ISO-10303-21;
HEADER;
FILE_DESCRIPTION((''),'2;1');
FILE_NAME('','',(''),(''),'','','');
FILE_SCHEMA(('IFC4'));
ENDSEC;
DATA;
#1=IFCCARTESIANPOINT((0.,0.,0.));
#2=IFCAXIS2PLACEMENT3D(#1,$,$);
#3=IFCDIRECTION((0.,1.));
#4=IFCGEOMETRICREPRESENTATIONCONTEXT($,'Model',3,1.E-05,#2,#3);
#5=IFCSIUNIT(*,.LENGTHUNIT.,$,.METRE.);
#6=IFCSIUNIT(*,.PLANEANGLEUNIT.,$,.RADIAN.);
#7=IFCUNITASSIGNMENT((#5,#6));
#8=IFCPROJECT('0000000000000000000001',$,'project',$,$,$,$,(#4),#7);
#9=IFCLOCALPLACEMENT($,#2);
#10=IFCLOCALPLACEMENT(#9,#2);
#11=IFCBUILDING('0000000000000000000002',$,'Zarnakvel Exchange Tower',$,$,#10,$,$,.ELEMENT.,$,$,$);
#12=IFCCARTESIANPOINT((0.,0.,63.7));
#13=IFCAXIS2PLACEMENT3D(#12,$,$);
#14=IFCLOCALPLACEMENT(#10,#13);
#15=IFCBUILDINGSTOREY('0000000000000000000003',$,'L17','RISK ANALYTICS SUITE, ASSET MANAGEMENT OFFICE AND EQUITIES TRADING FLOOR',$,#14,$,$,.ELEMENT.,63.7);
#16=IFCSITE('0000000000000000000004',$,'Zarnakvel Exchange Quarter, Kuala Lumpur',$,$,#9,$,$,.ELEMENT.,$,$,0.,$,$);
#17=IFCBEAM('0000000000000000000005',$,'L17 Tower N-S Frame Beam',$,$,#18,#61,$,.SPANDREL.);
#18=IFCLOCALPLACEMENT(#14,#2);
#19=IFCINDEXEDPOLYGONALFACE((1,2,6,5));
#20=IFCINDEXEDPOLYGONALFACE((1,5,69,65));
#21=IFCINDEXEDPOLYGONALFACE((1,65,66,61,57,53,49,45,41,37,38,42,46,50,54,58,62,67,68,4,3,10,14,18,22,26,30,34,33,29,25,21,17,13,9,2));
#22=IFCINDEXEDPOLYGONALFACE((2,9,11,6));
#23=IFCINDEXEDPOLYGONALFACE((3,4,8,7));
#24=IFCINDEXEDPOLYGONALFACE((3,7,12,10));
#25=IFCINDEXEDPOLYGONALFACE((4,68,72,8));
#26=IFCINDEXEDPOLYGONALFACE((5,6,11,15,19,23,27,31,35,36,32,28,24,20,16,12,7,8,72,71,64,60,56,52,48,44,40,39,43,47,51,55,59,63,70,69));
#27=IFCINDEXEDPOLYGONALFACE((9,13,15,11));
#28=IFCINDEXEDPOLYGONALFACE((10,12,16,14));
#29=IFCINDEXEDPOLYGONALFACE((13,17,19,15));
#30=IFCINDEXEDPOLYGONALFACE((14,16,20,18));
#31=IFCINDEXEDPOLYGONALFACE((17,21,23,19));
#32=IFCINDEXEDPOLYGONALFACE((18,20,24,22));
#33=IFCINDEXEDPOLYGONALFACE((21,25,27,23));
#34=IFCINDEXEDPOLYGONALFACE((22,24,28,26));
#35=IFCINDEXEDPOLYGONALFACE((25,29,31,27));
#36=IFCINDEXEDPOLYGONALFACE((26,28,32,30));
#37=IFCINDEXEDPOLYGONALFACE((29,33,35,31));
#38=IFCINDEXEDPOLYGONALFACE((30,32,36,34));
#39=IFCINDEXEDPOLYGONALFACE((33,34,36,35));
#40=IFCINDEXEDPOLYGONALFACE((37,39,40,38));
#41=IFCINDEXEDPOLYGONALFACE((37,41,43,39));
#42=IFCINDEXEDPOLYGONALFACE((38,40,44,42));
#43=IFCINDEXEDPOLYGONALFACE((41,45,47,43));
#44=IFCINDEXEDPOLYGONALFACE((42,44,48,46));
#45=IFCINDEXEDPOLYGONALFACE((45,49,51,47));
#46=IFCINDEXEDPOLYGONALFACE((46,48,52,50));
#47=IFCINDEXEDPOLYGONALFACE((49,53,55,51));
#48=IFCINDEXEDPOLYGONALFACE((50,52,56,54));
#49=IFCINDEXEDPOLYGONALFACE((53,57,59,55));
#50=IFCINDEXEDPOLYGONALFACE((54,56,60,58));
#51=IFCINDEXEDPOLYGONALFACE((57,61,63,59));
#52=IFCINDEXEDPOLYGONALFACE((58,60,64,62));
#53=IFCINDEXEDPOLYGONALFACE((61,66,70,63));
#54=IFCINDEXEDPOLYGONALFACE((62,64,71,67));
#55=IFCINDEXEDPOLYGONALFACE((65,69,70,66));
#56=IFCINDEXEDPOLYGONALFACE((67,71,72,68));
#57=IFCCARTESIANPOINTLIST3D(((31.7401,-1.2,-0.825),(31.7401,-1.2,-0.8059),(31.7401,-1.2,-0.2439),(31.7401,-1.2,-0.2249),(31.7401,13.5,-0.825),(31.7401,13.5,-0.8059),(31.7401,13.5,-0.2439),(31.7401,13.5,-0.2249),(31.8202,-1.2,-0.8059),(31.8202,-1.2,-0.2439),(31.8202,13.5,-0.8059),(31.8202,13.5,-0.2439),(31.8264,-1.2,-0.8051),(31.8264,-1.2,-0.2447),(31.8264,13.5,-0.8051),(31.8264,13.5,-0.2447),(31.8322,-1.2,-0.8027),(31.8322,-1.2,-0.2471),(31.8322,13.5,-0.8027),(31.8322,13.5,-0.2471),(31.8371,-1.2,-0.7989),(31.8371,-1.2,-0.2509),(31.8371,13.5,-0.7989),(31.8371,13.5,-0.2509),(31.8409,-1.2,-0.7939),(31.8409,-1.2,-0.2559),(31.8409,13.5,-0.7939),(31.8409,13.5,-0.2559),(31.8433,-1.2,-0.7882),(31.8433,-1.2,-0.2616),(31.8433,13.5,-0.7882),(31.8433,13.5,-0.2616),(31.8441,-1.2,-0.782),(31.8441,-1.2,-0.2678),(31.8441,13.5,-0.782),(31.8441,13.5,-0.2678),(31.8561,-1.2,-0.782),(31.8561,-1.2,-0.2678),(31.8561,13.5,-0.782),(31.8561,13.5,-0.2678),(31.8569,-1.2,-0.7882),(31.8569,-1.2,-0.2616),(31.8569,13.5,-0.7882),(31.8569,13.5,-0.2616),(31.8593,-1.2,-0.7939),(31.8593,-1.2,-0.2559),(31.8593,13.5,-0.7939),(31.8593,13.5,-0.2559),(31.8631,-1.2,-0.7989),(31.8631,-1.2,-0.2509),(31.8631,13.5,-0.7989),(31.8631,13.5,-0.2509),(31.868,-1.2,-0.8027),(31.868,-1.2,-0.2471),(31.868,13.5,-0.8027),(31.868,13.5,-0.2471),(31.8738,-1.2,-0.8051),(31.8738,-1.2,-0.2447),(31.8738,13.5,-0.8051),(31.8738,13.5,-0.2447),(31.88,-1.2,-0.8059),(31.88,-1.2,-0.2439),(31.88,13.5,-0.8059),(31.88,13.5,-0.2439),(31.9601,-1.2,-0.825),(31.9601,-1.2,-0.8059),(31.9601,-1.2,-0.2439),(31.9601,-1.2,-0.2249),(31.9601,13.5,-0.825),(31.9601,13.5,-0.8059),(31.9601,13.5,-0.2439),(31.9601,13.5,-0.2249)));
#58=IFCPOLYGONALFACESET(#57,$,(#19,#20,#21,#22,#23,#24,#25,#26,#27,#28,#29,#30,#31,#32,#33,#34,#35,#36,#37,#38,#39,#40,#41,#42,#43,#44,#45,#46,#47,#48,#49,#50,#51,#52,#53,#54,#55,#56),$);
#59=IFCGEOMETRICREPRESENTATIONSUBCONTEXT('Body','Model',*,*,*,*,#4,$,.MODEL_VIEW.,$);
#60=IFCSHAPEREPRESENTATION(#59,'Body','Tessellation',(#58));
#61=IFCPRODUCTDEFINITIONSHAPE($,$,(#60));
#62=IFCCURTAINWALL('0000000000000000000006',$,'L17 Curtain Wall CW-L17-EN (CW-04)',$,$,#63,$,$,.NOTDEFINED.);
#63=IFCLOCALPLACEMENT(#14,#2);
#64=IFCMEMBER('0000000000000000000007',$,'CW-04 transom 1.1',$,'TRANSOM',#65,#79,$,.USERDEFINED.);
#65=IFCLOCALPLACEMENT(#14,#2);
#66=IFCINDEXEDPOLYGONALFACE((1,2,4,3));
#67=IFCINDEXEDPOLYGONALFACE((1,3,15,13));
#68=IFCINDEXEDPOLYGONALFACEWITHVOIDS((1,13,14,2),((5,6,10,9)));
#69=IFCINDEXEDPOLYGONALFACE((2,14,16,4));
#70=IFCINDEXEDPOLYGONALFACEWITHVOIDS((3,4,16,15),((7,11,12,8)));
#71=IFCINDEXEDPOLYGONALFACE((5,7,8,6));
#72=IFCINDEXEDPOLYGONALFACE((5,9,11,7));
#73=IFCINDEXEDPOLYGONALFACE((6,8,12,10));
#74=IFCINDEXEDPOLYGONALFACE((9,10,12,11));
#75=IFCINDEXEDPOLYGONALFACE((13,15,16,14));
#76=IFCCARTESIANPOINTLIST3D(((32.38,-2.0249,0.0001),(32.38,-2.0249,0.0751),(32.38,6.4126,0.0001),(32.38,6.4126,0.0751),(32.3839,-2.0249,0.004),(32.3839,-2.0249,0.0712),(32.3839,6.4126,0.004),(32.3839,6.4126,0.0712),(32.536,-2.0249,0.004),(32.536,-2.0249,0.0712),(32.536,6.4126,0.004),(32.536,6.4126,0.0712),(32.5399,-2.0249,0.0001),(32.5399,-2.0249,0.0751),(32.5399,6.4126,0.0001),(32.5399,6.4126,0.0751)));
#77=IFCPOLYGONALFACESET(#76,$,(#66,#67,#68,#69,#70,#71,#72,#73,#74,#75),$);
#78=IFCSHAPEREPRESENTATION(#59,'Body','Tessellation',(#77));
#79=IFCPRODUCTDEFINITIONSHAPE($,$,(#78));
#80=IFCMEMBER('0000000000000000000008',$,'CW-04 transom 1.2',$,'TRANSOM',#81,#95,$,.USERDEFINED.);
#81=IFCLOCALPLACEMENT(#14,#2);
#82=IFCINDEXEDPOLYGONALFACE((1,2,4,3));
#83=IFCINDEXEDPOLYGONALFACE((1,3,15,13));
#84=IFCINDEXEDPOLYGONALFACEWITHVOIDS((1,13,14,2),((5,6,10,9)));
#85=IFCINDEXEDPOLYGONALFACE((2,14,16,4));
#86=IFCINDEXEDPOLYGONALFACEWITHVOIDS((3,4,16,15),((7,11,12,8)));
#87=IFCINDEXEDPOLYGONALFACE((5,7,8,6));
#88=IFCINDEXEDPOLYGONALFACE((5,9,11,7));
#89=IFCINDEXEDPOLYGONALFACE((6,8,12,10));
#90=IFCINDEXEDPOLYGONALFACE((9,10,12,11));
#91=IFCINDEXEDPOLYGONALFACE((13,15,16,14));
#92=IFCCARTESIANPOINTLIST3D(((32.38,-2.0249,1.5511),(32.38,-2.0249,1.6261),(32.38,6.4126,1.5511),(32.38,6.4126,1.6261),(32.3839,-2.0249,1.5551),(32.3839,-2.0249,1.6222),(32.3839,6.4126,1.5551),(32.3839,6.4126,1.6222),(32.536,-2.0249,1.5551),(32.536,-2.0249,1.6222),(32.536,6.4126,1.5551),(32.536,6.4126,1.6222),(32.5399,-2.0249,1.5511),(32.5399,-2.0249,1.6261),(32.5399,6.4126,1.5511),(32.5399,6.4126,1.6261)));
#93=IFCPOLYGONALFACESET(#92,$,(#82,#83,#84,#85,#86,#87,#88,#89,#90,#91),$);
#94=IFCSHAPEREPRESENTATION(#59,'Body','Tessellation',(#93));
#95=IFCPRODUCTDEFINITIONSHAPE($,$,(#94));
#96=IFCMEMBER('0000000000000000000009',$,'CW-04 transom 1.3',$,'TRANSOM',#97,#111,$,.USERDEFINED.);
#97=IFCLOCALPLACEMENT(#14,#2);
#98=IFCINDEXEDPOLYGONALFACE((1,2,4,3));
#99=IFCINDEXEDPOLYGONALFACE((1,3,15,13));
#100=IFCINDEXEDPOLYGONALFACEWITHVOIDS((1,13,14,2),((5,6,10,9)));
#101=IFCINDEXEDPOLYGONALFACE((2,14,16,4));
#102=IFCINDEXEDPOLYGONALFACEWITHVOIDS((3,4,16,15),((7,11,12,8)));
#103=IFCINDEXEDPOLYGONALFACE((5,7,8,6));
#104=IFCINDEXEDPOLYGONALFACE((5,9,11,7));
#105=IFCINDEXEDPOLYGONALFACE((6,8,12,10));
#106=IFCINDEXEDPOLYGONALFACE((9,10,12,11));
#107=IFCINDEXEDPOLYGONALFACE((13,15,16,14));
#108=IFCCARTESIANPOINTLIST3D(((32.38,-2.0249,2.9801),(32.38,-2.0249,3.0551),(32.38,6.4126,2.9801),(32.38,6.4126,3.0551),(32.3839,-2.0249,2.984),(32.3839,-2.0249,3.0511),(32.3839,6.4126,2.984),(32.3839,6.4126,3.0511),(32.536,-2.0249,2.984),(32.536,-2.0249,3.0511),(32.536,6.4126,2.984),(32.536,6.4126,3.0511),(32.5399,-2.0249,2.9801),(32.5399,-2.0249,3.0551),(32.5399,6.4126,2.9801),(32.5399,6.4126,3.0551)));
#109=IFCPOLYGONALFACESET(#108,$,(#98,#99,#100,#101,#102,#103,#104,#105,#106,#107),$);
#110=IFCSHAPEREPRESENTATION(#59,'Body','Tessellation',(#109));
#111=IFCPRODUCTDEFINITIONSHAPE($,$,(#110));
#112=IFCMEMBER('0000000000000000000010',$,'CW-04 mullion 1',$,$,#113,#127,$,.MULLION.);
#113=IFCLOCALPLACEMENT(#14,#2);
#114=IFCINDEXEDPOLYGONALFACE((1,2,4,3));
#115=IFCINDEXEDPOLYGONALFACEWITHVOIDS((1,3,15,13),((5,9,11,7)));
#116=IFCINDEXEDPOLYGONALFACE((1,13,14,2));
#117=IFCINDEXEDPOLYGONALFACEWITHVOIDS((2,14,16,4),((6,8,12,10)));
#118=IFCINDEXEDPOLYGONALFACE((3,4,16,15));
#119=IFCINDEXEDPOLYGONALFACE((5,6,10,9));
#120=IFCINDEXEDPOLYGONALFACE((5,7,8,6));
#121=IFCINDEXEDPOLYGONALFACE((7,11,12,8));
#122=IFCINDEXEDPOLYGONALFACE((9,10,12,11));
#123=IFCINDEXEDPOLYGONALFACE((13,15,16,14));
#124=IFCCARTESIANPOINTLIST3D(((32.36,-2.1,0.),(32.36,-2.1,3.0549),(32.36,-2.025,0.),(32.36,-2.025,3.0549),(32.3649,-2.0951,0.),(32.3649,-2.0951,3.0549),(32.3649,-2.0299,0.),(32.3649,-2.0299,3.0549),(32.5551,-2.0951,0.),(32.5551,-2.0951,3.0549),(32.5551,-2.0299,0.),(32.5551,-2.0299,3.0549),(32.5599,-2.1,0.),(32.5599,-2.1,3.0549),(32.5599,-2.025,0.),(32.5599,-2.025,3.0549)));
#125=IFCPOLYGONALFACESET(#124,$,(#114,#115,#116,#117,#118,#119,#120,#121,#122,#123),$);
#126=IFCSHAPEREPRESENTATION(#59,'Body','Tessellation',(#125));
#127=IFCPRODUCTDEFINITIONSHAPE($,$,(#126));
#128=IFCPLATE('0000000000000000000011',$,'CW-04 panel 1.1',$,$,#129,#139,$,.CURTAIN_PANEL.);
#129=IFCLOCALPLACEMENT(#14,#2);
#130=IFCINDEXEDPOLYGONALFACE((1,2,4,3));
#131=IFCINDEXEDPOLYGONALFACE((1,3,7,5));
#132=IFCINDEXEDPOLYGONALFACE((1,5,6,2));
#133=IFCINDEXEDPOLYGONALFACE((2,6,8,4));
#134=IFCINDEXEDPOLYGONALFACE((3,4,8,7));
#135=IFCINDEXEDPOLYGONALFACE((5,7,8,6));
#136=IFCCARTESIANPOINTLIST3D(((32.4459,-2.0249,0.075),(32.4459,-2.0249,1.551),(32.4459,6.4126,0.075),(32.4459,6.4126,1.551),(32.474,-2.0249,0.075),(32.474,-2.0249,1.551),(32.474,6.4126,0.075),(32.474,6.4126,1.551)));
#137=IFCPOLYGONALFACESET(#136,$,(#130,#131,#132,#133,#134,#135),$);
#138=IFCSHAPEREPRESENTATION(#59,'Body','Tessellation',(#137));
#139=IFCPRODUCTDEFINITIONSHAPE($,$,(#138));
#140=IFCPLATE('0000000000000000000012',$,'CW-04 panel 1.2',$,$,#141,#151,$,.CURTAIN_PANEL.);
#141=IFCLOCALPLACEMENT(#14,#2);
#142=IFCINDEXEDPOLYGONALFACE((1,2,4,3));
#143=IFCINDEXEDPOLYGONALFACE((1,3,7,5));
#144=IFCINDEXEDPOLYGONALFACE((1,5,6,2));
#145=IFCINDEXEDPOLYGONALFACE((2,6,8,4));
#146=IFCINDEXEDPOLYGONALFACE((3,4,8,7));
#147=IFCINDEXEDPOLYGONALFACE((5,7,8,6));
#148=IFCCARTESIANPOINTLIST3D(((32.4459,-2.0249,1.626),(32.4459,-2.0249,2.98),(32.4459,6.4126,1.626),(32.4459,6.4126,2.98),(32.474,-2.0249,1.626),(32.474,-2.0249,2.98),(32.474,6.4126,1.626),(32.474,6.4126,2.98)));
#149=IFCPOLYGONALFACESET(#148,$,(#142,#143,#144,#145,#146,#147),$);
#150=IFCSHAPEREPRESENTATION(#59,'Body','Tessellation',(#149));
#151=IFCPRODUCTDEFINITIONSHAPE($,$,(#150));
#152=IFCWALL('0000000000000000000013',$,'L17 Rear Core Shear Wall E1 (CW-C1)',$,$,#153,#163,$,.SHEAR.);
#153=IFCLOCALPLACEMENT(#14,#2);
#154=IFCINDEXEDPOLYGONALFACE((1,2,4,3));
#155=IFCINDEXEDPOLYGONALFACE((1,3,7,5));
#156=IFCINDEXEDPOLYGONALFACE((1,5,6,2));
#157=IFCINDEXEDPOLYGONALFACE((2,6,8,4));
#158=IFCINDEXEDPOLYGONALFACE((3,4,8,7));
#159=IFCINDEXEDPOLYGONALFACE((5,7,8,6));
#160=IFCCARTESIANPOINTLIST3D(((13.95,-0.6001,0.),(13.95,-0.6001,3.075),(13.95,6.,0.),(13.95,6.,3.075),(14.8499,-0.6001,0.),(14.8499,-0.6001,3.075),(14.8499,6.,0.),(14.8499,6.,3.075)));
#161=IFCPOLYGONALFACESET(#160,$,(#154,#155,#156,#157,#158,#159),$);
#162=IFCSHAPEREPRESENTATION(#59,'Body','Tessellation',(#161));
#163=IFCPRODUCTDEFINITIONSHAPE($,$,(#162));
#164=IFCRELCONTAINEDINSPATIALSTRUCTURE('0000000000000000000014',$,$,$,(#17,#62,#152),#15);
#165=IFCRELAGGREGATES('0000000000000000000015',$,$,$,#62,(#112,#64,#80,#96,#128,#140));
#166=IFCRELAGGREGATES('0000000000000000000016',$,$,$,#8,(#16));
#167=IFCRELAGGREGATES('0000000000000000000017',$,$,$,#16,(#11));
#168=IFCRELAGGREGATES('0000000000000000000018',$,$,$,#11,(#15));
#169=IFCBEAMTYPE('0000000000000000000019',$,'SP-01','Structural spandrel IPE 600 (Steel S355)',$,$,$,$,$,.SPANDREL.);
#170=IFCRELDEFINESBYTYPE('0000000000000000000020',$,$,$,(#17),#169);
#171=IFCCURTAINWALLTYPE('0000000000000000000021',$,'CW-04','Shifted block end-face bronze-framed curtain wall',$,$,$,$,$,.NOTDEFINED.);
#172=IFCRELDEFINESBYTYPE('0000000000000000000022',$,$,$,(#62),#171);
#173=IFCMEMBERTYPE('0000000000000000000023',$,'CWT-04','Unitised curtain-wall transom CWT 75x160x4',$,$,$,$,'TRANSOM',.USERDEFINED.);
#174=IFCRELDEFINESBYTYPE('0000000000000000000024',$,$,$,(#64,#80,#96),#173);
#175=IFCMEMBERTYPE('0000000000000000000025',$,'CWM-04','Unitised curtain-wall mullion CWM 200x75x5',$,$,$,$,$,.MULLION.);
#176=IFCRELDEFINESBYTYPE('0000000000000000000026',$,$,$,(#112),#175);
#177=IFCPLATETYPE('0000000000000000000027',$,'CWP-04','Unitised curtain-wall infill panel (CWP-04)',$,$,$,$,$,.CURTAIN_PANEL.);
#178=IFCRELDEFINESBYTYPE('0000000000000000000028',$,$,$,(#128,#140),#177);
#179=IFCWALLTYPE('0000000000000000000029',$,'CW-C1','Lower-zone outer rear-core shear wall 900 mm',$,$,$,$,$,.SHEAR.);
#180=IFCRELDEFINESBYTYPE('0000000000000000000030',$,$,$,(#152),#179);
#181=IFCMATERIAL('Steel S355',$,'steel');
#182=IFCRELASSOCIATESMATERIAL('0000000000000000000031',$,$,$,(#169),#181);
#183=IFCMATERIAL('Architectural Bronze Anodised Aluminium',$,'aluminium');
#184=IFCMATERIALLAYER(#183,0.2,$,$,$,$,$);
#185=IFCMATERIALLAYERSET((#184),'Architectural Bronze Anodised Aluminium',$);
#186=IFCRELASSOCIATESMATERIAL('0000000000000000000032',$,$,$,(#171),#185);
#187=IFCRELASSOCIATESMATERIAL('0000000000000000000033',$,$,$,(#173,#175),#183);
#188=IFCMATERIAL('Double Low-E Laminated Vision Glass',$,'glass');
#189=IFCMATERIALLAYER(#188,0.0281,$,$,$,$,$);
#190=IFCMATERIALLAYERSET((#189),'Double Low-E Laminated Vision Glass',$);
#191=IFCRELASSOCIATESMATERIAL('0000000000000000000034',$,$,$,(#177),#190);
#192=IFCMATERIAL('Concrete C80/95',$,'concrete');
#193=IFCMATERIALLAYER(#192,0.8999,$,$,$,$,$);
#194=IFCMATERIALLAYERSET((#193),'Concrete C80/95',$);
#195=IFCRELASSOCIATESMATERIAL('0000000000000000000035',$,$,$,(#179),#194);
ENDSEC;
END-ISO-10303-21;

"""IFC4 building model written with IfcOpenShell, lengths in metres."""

from ifc_helpers import new_model, si_unit, direction, frame, frame_2d, origin, origin_2d, place, context, subcontext, project, spatial, rectangle, hollow_rectangle, i_section, extrude, source, transform, mapped, material, layer, layer_set, material_profile, profile_set, type_object, element, aggregate, save


model = new_model("IFC4")

# Units and contexts
model_context = context("Model", 3, precision=1e-05, world=origin(), true_north=direction((0.0, 1.0)))
body_context = subcontext(model_context, "Body", "Model", "MODEL_VIEW")
ifc_project = project(units=[si_unit("LENGTHUNIT", "METRE"), si_unit("PLANEANGLEUNIT", "RADIAN")], contexts=[model_context])

# Site, building, storey
site_placement = place(None, origin())
site = spatial("IfcSite", under=ifc_project, at=site_placement, Name="Zarnakvel Exchange Quarter, Kuala Lumpur", CompositionType="ELEMENT", RefElevation=0.0)
building_placement = place(site_placement, origin())
building = spatial("IfcBuilding", under=site, at=building_placement, Name="Zarnakvel Exchange Tower", CompositionType="ELEMENT")
storey_placement = place(building_placement, frame((0.0, 0.0, 63.7)))
storey = spatial("IfcBuildingStorey", under=building, at=storey_placement, Name="L17", Description="RISK ANALYTICS SUITE, ASSET MANAGEMENT OFFICE AND EQUITIES TRADING FLOOR", CompositionType="ELEMENT", Elevation=63.7)

# Shared definitions
ifc_material_1 = material(Name="Concrete C80/95", Category="concrete")
ifc_material_2 = material(Name="Steel S355", Category="steel")

# Beam
ifc_material_profile_1 = material_profile(ifc_material_2, i_section(OverallWidth=0.22, OverallDepth=0.6001, WebThickness=0.012, FlangeThickness=0.019, FilletRadius=0.0239, at=origin_2d()))
ifc_profile_set_1 = profile_set([ifc_material_profile_1], Name="Steel S355")
beam_type_1 = type_object("IfcBeamType", Name="SP-01", Description="Structural spandrel IPE 600 (Steel S355)", PredefinedType="SPANDREL", material=ifc_profile_set_1)
beam_1_placement = place(storey_placement, frame((31.8501, -1.2, -0.5249), z_axis=(0.0, 1.0, 0.0), x_axis=(-1.0, 0.0, 0.0)))
element("IfcBeam", 1, at=beam_1_placement, inside=storey, type_object=beam_type_1, Name="L17 Tower N-S Frame Beam", PredefinedType="SPANDREL", context=body_context, shape_type="SweptSolid", body=[
    extrude(i_section(OverallWidth=0.22, OverallDepth=0.6001, WebThickness=0.012, FlangeThickness=0.019, FilletRadius=0.0239, at=origin_2d()), origin(), (0.0, 0.0, 1.0), 14.7),
])

# Curtain wall, members, plates
ifc_material_3 = material(Name="Architectural Bronze Anodised Aluminium", Category="aluminium")
ifc_layer_1 = layer(ifc_material_3, 0.2)
ifc_layer_set_1 = layer_set([ifc_layer_1], Name="Architectural Bronze Anodised Aluminium")
curtain_wall_type = type_object("IfcCurtainWallType", Name="CW-04", Description="Shifted block end-face bronze-framed curtain wall", PredefinedType="NOTDEFINED", material=ifc_layer_set_1)
curtain_wall_placement = place(storey_placement, origin())
curtain_wall = element("IfcCurtainWall", 2, at=curtain_wall_placement, inside=storey, type_object=curtain_wall_type, Name="L17 Curtain Wall CW-L17-EN (CW-04)", PredefinedType="NOTDEFINED")
ifc_material_profile_2 = material_profile(ifc_material_3, hollow_rectangle(XDim=0.1599, YDim=0.075, WallThickness=0.0039, at=origin_2d()))
ifc_profile_set_2 = profile_set([ifc_material_profile_2], Name="Architectural Bronze Anodised Aluminium")
member_type_1 = type_object("IfcMemberType", Name="CWT-04", Description="Unitised curtain-wall transom CWT 75x160x4", ElementType="TRANSOM", PredefinedType="USERDEFINED", material=ifc_profile_set_2)
shared_shape_1 = source(origin(), body_context, "Body", "SweptSolid", [
    extrude(hollow_rectangle(XDim=0.1599, YDim=0.075, WallThickness=0.0039, at=origin_2d()), origin(), (0.0, 0.0, 1.0), 8.4375),
])
member_1_placement = place(storey_placement, frame((32.46, -2.0249, 0.0376), z_axis=(0.0, 1.0, 0.0), x_axis=(-1.0, 0.0, 0.0)))
member_1 = element("IfcMember", 3, at=member_1_placement, type_object=member_type_1, Name="CW-04 transom 1.1", ObjectType="TRANSOM", PredefinedType="USERDEFINED", context=body_context, shape_type="MappedRepresentation", body=[
    mapped(shared_shape_1, transform((0.0, 0.0, 0.0), x_axis=(1.0, 0.0, 0.0), y_axis=(0.0, 1.0, 0.0), z_axis=(0.0, 0.0, 1.0), scale=1.0)),
])
member_2_placement = place(storey_placement, frame((32.46, -2.0249, 1.5886), z_axis=(0.0, 1.0, 0.0), x_axis=(-1.0, 0.0, 0.0)))
member_2 = element("IfcMember", 4, at=member_2_placement, type_object=member_type_1, Name="CW-04 transom 1.2", ObjectType="TRANSOM", PredefinedType="USERDEFINED", context=body_context, shape_type="MappedRepresentation", body=[
    mapped(shared_shape_1, transform((0.0, 0.0, 0.0), x_axis=(1.0, 0.0, 0.0), y_axis=(0.0, 1.0, 0.0), z_axis=(0.0, 0.0, 1.0), scale=1.0)),
])
member_3_placement = place(storey_placement, frame((32.46, -2.0249, 3.0176), z_axis=(0.0, 1.0, 0.0), x_axis=(-1.0, 0.0, 0.0)))
member_3 = element("IfcMember", 5, at=member_3_placement, type_object=member_type_1, Name="CW-04 transom 1.3", ObjectType="TRANSOM", PredefinedType="USERDEFINED", context=body_context, shape_type="MappedRepresentation", body=[
    mapped(shared_shape_1, transform((0.0, 0.0, 0.0), x_axis=(1.0, 0.0, 0.0), y_axis=(0.0, 1.0, 0.0), z_axis=(0.0, 0.0, 1.0), scale=1.0)),
])
ifc_material_profile_3 = material_profile(ifc_material_3, hollow_rectangle(XDim=0.2, YDim=0.075, WallThickness=0.0049, at=origin_2d()))
ifc_profile_set_3 = profile_set([ifc_material_profile_3], Name="Architectural Bronze Anodised Aluminium")
member_type_2 = type_object("IfcMemberType", Name="CWM-04", Description="Unitised curtain-wall mullion CWM 200x75x5", PredefinedType="MULLION", material=ifc_profile_set_3)
shared_shape_2 = source(origin(), body_context, "Body", "SweptSolid", [
    extrude(hollow_rectangle(XDim=0.2, YDim=0.075, WallThickness=0.0049, at=origin_2d()), origin(), (0.0, 0.0, 1.0), 3.0549),
])
member_4_placement = place(storey_placement, frame((32.46, -2.0625, 0.0), z_axis=(0.0, 0.0, 1.0), x_axis=(-1.0, 0.0, 0.0)))
member_4 = element("IfcMember", 6, at=member_4_placement, type_object=member_type_2, Name="CW-04 mullion 1", PredefinedType="MULLION", context=body_context, shape_type="MappedRepresentation", body=[
    mapped(shared_shape_2, transform((0.0, 0.0, 0.0), x_axis=(1.0, 0.0, 0.0), y_axis=(0.0, 1.0, 0.0), z_axis=(0.0, 0.0, 1.0), scale=1.0)),
])
ifc_material_4 = material(Name="Double Low-E Laminated Vision Glass", Category="glass")
ifc_layer_2 = layer(ifc_material_4, 0.0281)
ifc_layer_set_2 = layer_set([ifc_layer_2], Name="Double Low-E Laminated Vision Glass")
plate_type = type_object("IfcPlateType", Name="CWP-04", Description="Unitised curtain-wall infill panel (CWP-04)", PredefinedType="CURTAIN_PANEL", material=ifc_layer_set_2)
shared_shape_3 = source(origin(), body_context, "Body", "SweptSolid", [
    extrude(rectangle(XDim=8.4375, YDim=0.0281, at=origin_2d()), origin(), (0.0, 0.0, 1.0), 1.4761),
])
plate_1_placement = place(storey_placement, frame((32.46, 2.1938, 0.075), z_axis=(0.0, 0.0, 1.0), x_axis=(0.0, 1.0, 0.0)))
plate_1 = element("IfcPlate", 7, at=plate_1_placement, type_object=plate_type, Name="CW-04 panel 1.1", PredefinedType="CURTAIN_PANEL", context=body_context, shape_type="MappedRepresentation", body=[
    mapped(shared_shape_3, transform((0.0, 0.0, 0.0), x_axis=(1.0, 0.0, 0.0), y_axis=(0.0, 1.0, 0.0), z_axis=(0.0, 0.0, 1.0), scale=1.0)),
])
shared_shape_4 = source(origin(), body_context, "Body", "SweptSolid", [
    extrude(rectangle(XDim=8.4375, YDim=0.0281, at=origin_2d()), origin(), (0.0, 0.0, 1.0), 1.354),
])
plate_2_placement = place(storey_placement, frame((32.46, 2.1938, 1.626), z_axis=(0.0, 0.0, 1.0), x_axis=(0.0, 1.0, 0.0)))
plate_2 = element("IfcPlate", 8, at=plate_2_placement, type_object=plate_type, Name="CW-04 panel 1.2", PredefinedType="CURTAIN_PANEL", context=body_context, shape_type="MappedRepresentation", body=[
    mapped(shared_shape_4, transform((0.0, 0.0, 0.0), x_axis=(1.0, 0.0, 0.0), y_axis=(0.0, 1.0, 0.0), z_axis=(0.0, 0.0, 1.0), scale=1.0)),
])
aggregate(curtain_wall, [member_4, member_1, member_2, member_3, plate_1, plate_2])

# Wall
ifc_layer_3 = layer(ifc_material_1, 0.8999)
ifc_layer_set_3 = layer_set([ifc_layer_3], Name="Concrete C80/95")
wall_type_1 = type_object("IfcWallType", Name="CW-C1", Description="Lower-zone outer rear-core shear wall 900 mm", PredefinedType="SHEAR", material=ifc_layer_set_3)
wall_1_placement = place(storey_placement, frame((14.3999, -0.6001, 0.0), z_axis=(0.0, 0.0, 1.0), x_axis=(0.0, 1.0, 0.0)))
element("IfcWall", 9, at=wall_1_placement, inside=storey, type_object=wall_type_1, Name="L17 Rear Core Shear Wall E1 (CW-C1)", PredefinedType="SHEAR", context=body_context, shape_type="SweptSolid", body=[
    extrude(rectangle(XDim=6.6001, YDim=0.8999, at=frame_2d((3.3, 0.0))), origin(), (0.0, 0.0, 1.0), 3.075),
])

save(model, "model.ifc")
